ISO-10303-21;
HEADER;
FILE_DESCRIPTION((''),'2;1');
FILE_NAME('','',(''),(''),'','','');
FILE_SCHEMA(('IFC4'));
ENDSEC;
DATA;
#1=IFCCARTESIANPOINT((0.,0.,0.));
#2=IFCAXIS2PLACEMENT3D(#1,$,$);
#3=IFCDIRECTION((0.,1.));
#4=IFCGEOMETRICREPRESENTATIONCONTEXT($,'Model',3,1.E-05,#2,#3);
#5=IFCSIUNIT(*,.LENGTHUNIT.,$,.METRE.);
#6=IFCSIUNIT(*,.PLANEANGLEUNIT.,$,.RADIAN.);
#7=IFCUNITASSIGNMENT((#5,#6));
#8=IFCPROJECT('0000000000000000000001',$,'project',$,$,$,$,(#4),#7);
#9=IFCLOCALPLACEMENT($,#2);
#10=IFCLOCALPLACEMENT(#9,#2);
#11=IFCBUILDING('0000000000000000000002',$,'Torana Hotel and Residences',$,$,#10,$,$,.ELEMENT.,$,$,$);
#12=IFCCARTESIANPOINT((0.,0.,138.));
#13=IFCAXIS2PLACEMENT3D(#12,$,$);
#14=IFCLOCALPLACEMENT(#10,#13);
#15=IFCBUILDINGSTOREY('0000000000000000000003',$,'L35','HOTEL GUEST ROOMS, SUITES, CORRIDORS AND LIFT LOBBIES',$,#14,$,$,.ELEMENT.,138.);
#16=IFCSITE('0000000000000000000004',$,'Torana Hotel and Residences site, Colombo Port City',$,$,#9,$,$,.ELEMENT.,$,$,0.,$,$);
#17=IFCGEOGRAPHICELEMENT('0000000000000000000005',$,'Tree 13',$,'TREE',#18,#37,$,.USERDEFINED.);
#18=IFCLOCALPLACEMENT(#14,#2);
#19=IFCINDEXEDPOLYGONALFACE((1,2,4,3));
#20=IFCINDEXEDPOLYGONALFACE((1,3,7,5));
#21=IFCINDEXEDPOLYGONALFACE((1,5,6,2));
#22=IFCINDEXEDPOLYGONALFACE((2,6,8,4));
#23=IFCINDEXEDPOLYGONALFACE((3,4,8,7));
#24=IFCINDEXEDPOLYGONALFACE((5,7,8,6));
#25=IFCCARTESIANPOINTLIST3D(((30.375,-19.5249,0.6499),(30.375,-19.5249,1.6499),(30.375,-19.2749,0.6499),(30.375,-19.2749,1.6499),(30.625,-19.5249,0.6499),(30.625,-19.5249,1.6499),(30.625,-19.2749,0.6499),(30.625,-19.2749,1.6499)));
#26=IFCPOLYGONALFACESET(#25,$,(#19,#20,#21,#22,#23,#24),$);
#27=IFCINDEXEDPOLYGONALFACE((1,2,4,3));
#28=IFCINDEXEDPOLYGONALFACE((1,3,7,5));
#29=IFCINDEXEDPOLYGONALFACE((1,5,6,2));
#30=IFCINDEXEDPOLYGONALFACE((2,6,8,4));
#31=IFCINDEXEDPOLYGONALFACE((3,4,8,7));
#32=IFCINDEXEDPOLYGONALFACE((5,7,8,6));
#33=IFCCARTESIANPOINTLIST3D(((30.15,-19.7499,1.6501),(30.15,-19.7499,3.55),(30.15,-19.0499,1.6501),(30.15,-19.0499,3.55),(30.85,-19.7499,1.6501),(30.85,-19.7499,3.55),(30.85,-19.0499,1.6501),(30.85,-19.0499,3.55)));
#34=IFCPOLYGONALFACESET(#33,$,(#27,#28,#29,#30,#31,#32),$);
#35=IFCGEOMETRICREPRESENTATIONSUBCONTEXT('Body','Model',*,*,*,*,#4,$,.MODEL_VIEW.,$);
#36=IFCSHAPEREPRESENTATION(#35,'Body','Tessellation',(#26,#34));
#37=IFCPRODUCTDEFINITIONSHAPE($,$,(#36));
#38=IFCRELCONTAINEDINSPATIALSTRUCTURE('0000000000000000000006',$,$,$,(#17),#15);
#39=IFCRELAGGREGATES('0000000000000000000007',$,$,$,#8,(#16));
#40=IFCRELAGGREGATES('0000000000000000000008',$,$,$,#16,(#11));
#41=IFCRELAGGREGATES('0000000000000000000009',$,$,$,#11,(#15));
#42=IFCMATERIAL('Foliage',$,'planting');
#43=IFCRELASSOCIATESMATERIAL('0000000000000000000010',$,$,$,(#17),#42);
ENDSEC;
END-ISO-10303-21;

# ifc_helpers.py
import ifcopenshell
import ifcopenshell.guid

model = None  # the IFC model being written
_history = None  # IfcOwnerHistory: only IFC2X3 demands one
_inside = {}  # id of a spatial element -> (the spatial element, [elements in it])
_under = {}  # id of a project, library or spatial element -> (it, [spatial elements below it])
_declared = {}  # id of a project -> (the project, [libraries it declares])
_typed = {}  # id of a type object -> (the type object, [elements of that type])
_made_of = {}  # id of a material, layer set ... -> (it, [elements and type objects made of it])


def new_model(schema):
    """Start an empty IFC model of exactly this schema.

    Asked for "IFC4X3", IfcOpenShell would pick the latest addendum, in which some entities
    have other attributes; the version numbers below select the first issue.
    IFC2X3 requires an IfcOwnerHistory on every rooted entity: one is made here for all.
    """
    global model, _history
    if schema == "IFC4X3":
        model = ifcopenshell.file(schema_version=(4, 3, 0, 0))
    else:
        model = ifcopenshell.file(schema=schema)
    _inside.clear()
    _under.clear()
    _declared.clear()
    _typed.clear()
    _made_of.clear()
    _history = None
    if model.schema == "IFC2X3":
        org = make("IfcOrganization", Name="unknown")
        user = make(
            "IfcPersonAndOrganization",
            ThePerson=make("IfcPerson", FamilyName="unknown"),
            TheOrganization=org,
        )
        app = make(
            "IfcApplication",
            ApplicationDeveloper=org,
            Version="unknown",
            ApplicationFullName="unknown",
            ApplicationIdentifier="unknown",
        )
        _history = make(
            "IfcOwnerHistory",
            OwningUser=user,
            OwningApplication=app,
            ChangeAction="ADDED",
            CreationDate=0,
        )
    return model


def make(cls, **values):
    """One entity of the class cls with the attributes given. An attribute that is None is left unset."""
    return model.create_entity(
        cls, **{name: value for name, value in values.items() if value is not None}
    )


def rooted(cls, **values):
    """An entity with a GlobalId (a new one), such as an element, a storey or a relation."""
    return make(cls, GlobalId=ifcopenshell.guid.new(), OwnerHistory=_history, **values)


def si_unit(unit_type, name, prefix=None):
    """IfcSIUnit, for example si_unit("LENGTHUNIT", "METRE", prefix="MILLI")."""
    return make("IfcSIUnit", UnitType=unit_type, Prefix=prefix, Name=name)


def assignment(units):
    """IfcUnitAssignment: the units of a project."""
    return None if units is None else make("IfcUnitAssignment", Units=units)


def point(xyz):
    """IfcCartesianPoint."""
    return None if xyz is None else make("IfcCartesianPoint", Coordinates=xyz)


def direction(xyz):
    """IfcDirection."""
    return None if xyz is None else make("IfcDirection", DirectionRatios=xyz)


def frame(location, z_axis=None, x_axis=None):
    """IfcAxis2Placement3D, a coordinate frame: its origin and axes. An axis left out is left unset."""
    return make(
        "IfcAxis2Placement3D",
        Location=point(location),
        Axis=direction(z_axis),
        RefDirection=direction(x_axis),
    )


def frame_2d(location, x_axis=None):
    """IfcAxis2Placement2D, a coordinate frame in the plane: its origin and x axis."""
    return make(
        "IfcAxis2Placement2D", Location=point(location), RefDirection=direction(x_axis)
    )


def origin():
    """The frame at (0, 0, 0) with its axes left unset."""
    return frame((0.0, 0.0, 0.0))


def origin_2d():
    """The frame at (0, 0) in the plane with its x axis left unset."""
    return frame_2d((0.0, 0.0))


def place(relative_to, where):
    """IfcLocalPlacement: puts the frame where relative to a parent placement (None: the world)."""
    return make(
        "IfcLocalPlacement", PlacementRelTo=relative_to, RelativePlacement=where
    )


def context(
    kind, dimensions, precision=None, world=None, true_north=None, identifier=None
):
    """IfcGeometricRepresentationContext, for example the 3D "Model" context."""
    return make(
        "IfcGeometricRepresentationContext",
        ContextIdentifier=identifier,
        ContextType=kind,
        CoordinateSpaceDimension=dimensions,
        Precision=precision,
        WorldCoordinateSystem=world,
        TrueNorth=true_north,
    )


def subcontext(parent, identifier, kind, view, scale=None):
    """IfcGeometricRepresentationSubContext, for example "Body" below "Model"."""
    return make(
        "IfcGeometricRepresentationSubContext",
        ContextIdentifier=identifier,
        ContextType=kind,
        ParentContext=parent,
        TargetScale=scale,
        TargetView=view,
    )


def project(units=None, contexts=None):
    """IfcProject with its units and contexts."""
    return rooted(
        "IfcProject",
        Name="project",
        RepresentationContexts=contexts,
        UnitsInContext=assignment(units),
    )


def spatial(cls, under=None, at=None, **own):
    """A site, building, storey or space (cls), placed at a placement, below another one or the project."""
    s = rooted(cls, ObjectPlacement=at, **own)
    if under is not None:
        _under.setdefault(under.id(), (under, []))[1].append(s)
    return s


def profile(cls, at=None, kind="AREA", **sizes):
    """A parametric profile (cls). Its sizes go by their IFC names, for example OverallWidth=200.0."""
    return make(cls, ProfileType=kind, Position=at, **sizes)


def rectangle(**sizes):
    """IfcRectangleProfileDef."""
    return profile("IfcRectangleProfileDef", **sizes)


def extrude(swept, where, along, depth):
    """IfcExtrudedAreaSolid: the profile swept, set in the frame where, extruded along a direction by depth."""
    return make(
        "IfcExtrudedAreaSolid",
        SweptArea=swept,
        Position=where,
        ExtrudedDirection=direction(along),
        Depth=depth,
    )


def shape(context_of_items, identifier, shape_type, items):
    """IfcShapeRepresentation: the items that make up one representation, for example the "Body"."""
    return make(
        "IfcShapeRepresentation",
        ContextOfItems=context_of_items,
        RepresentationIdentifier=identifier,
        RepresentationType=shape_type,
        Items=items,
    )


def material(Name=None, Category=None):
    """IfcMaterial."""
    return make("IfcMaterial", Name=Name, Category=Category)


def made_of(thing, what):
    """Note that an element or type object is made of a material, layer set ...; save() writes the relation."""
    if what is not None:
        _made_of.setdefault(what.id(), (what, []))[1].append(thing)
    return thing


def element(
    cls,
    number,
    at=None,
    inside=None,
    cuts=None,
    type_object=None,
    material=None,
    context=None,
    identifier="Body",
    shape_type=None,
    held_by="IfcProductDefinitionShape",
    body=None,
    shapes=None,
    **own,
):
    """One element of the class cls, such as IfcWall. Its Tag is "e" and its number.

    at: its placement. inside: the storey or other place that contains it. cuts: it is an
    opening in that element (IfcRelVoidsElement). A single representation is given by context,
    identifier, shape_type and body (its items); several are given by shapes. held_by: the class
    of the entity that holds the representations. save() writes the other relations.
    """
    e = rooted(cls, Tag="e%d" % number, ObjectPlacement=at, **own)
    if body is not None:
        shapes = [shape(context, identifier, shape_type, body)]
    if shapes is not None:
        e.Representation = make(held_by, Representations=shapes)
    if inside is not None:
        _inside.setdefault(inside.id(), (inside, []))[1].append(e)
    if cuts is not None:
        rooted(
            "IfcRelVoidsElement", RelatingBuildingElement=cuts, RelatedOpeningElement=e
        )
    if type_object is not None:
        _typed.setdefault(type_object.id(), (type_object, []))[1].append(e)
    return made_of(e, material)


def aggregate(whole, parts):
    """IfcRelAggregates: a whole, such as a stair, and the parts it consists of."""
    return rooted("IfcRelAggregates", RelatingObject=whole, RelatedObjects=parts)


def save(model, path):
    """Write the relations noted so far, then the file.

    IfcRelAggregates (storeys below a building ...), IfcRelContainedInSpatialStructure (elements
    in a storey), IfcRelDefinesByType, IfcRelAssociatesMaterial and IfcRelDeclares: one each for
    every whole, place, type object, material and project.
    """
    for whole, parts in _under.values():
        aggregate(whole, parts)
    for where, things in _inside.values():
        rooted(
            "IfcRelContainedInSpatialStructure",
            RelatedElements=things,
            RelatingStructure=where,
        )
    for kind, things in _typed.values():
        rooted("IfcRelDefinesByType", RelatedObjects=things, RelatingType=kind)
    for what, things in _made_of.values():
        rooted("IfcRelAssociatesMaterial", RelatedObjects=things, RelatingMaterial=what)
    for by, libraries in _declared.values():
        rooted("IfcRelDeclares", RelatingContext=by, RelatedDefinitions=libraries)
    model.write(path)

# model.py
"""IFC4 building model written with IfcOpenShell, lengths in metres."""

from ifc_helpers import new_model, si_unit, direction, frame, origin, origin_2d, place, context, subcontext, project, spatial, rectangle, extrude, material, element, save


model = new_model("IFC4")

# Units and contexts
model_context = context("Model", 3, precision=1e-05, world=origin(), true_north=direction((0.0, 1.0)))
body_context = subcontext(model_context, "Body", "Model", "MODEL_VIEW")
ifc_project = project(units=[si_unit("LENGTHUNIT", "METRE"), si_unit("PLANEANGLEUNIT", "RADIAN")], contexts=[model_context])

# Site, building, storey
site_placement = place(None, origin())
site = spatial("IfcSite", under=ifc_project, at=site_placement, Name="Torana Hotel and Residences site, Colombo Port City", CompositionType="ELEMENT", RefElevation=0.0)
building_placement = place(site_placement, origin())
building = spatial("IfcBuilding", under=site, at=building_placement, Name="Torana Hotel and Residences", CompositionType="ELEMENT")
storey_placement = place(building_placement, frame((0.0, 0.0, 138.0)))
storey = spatial("IfcBuildingStorey", under=building, at=storey_placement, Name="L35", Description="HOTEL GUEST ROOMS, SUITES, CORRIDORS AND LIFT LOBBIES", CompositionType="ELEMENT", Elevation=138.0)

# Geographic element
ifc_material_1 = material(Name="Foliage", Category="planting")
geographic_element_placement = place(storey_placement, frame((30.5, -19.3999, 0.6499), z_axis=(0.0, 0.0, 1.0), x_axis=(1.0, 0.0, 0.0)))
element("IfcGeographicElement", 1, at=geographic_element_placement, inside=storey, material=ifc_material_1, Name="Tree 13", ObjectType="TREE", PredefinedType="USERDEFINED", context=body_context, shape_type="SweptSolid", body=[
    extrude(rectangle(XDim=0.25, YDim=0.25, at=origin_2d()), origin(), (0.0, 0.0, 1.0), 1.0),
    extrude(rectangle(XDim=0.7, YDim=0.7, at=origin_2d()), frame((0.0, 0.0, 1.0002)), (0.0, 0.0, 1.0), 1.8999),
])

save(model, "model.ifc")
